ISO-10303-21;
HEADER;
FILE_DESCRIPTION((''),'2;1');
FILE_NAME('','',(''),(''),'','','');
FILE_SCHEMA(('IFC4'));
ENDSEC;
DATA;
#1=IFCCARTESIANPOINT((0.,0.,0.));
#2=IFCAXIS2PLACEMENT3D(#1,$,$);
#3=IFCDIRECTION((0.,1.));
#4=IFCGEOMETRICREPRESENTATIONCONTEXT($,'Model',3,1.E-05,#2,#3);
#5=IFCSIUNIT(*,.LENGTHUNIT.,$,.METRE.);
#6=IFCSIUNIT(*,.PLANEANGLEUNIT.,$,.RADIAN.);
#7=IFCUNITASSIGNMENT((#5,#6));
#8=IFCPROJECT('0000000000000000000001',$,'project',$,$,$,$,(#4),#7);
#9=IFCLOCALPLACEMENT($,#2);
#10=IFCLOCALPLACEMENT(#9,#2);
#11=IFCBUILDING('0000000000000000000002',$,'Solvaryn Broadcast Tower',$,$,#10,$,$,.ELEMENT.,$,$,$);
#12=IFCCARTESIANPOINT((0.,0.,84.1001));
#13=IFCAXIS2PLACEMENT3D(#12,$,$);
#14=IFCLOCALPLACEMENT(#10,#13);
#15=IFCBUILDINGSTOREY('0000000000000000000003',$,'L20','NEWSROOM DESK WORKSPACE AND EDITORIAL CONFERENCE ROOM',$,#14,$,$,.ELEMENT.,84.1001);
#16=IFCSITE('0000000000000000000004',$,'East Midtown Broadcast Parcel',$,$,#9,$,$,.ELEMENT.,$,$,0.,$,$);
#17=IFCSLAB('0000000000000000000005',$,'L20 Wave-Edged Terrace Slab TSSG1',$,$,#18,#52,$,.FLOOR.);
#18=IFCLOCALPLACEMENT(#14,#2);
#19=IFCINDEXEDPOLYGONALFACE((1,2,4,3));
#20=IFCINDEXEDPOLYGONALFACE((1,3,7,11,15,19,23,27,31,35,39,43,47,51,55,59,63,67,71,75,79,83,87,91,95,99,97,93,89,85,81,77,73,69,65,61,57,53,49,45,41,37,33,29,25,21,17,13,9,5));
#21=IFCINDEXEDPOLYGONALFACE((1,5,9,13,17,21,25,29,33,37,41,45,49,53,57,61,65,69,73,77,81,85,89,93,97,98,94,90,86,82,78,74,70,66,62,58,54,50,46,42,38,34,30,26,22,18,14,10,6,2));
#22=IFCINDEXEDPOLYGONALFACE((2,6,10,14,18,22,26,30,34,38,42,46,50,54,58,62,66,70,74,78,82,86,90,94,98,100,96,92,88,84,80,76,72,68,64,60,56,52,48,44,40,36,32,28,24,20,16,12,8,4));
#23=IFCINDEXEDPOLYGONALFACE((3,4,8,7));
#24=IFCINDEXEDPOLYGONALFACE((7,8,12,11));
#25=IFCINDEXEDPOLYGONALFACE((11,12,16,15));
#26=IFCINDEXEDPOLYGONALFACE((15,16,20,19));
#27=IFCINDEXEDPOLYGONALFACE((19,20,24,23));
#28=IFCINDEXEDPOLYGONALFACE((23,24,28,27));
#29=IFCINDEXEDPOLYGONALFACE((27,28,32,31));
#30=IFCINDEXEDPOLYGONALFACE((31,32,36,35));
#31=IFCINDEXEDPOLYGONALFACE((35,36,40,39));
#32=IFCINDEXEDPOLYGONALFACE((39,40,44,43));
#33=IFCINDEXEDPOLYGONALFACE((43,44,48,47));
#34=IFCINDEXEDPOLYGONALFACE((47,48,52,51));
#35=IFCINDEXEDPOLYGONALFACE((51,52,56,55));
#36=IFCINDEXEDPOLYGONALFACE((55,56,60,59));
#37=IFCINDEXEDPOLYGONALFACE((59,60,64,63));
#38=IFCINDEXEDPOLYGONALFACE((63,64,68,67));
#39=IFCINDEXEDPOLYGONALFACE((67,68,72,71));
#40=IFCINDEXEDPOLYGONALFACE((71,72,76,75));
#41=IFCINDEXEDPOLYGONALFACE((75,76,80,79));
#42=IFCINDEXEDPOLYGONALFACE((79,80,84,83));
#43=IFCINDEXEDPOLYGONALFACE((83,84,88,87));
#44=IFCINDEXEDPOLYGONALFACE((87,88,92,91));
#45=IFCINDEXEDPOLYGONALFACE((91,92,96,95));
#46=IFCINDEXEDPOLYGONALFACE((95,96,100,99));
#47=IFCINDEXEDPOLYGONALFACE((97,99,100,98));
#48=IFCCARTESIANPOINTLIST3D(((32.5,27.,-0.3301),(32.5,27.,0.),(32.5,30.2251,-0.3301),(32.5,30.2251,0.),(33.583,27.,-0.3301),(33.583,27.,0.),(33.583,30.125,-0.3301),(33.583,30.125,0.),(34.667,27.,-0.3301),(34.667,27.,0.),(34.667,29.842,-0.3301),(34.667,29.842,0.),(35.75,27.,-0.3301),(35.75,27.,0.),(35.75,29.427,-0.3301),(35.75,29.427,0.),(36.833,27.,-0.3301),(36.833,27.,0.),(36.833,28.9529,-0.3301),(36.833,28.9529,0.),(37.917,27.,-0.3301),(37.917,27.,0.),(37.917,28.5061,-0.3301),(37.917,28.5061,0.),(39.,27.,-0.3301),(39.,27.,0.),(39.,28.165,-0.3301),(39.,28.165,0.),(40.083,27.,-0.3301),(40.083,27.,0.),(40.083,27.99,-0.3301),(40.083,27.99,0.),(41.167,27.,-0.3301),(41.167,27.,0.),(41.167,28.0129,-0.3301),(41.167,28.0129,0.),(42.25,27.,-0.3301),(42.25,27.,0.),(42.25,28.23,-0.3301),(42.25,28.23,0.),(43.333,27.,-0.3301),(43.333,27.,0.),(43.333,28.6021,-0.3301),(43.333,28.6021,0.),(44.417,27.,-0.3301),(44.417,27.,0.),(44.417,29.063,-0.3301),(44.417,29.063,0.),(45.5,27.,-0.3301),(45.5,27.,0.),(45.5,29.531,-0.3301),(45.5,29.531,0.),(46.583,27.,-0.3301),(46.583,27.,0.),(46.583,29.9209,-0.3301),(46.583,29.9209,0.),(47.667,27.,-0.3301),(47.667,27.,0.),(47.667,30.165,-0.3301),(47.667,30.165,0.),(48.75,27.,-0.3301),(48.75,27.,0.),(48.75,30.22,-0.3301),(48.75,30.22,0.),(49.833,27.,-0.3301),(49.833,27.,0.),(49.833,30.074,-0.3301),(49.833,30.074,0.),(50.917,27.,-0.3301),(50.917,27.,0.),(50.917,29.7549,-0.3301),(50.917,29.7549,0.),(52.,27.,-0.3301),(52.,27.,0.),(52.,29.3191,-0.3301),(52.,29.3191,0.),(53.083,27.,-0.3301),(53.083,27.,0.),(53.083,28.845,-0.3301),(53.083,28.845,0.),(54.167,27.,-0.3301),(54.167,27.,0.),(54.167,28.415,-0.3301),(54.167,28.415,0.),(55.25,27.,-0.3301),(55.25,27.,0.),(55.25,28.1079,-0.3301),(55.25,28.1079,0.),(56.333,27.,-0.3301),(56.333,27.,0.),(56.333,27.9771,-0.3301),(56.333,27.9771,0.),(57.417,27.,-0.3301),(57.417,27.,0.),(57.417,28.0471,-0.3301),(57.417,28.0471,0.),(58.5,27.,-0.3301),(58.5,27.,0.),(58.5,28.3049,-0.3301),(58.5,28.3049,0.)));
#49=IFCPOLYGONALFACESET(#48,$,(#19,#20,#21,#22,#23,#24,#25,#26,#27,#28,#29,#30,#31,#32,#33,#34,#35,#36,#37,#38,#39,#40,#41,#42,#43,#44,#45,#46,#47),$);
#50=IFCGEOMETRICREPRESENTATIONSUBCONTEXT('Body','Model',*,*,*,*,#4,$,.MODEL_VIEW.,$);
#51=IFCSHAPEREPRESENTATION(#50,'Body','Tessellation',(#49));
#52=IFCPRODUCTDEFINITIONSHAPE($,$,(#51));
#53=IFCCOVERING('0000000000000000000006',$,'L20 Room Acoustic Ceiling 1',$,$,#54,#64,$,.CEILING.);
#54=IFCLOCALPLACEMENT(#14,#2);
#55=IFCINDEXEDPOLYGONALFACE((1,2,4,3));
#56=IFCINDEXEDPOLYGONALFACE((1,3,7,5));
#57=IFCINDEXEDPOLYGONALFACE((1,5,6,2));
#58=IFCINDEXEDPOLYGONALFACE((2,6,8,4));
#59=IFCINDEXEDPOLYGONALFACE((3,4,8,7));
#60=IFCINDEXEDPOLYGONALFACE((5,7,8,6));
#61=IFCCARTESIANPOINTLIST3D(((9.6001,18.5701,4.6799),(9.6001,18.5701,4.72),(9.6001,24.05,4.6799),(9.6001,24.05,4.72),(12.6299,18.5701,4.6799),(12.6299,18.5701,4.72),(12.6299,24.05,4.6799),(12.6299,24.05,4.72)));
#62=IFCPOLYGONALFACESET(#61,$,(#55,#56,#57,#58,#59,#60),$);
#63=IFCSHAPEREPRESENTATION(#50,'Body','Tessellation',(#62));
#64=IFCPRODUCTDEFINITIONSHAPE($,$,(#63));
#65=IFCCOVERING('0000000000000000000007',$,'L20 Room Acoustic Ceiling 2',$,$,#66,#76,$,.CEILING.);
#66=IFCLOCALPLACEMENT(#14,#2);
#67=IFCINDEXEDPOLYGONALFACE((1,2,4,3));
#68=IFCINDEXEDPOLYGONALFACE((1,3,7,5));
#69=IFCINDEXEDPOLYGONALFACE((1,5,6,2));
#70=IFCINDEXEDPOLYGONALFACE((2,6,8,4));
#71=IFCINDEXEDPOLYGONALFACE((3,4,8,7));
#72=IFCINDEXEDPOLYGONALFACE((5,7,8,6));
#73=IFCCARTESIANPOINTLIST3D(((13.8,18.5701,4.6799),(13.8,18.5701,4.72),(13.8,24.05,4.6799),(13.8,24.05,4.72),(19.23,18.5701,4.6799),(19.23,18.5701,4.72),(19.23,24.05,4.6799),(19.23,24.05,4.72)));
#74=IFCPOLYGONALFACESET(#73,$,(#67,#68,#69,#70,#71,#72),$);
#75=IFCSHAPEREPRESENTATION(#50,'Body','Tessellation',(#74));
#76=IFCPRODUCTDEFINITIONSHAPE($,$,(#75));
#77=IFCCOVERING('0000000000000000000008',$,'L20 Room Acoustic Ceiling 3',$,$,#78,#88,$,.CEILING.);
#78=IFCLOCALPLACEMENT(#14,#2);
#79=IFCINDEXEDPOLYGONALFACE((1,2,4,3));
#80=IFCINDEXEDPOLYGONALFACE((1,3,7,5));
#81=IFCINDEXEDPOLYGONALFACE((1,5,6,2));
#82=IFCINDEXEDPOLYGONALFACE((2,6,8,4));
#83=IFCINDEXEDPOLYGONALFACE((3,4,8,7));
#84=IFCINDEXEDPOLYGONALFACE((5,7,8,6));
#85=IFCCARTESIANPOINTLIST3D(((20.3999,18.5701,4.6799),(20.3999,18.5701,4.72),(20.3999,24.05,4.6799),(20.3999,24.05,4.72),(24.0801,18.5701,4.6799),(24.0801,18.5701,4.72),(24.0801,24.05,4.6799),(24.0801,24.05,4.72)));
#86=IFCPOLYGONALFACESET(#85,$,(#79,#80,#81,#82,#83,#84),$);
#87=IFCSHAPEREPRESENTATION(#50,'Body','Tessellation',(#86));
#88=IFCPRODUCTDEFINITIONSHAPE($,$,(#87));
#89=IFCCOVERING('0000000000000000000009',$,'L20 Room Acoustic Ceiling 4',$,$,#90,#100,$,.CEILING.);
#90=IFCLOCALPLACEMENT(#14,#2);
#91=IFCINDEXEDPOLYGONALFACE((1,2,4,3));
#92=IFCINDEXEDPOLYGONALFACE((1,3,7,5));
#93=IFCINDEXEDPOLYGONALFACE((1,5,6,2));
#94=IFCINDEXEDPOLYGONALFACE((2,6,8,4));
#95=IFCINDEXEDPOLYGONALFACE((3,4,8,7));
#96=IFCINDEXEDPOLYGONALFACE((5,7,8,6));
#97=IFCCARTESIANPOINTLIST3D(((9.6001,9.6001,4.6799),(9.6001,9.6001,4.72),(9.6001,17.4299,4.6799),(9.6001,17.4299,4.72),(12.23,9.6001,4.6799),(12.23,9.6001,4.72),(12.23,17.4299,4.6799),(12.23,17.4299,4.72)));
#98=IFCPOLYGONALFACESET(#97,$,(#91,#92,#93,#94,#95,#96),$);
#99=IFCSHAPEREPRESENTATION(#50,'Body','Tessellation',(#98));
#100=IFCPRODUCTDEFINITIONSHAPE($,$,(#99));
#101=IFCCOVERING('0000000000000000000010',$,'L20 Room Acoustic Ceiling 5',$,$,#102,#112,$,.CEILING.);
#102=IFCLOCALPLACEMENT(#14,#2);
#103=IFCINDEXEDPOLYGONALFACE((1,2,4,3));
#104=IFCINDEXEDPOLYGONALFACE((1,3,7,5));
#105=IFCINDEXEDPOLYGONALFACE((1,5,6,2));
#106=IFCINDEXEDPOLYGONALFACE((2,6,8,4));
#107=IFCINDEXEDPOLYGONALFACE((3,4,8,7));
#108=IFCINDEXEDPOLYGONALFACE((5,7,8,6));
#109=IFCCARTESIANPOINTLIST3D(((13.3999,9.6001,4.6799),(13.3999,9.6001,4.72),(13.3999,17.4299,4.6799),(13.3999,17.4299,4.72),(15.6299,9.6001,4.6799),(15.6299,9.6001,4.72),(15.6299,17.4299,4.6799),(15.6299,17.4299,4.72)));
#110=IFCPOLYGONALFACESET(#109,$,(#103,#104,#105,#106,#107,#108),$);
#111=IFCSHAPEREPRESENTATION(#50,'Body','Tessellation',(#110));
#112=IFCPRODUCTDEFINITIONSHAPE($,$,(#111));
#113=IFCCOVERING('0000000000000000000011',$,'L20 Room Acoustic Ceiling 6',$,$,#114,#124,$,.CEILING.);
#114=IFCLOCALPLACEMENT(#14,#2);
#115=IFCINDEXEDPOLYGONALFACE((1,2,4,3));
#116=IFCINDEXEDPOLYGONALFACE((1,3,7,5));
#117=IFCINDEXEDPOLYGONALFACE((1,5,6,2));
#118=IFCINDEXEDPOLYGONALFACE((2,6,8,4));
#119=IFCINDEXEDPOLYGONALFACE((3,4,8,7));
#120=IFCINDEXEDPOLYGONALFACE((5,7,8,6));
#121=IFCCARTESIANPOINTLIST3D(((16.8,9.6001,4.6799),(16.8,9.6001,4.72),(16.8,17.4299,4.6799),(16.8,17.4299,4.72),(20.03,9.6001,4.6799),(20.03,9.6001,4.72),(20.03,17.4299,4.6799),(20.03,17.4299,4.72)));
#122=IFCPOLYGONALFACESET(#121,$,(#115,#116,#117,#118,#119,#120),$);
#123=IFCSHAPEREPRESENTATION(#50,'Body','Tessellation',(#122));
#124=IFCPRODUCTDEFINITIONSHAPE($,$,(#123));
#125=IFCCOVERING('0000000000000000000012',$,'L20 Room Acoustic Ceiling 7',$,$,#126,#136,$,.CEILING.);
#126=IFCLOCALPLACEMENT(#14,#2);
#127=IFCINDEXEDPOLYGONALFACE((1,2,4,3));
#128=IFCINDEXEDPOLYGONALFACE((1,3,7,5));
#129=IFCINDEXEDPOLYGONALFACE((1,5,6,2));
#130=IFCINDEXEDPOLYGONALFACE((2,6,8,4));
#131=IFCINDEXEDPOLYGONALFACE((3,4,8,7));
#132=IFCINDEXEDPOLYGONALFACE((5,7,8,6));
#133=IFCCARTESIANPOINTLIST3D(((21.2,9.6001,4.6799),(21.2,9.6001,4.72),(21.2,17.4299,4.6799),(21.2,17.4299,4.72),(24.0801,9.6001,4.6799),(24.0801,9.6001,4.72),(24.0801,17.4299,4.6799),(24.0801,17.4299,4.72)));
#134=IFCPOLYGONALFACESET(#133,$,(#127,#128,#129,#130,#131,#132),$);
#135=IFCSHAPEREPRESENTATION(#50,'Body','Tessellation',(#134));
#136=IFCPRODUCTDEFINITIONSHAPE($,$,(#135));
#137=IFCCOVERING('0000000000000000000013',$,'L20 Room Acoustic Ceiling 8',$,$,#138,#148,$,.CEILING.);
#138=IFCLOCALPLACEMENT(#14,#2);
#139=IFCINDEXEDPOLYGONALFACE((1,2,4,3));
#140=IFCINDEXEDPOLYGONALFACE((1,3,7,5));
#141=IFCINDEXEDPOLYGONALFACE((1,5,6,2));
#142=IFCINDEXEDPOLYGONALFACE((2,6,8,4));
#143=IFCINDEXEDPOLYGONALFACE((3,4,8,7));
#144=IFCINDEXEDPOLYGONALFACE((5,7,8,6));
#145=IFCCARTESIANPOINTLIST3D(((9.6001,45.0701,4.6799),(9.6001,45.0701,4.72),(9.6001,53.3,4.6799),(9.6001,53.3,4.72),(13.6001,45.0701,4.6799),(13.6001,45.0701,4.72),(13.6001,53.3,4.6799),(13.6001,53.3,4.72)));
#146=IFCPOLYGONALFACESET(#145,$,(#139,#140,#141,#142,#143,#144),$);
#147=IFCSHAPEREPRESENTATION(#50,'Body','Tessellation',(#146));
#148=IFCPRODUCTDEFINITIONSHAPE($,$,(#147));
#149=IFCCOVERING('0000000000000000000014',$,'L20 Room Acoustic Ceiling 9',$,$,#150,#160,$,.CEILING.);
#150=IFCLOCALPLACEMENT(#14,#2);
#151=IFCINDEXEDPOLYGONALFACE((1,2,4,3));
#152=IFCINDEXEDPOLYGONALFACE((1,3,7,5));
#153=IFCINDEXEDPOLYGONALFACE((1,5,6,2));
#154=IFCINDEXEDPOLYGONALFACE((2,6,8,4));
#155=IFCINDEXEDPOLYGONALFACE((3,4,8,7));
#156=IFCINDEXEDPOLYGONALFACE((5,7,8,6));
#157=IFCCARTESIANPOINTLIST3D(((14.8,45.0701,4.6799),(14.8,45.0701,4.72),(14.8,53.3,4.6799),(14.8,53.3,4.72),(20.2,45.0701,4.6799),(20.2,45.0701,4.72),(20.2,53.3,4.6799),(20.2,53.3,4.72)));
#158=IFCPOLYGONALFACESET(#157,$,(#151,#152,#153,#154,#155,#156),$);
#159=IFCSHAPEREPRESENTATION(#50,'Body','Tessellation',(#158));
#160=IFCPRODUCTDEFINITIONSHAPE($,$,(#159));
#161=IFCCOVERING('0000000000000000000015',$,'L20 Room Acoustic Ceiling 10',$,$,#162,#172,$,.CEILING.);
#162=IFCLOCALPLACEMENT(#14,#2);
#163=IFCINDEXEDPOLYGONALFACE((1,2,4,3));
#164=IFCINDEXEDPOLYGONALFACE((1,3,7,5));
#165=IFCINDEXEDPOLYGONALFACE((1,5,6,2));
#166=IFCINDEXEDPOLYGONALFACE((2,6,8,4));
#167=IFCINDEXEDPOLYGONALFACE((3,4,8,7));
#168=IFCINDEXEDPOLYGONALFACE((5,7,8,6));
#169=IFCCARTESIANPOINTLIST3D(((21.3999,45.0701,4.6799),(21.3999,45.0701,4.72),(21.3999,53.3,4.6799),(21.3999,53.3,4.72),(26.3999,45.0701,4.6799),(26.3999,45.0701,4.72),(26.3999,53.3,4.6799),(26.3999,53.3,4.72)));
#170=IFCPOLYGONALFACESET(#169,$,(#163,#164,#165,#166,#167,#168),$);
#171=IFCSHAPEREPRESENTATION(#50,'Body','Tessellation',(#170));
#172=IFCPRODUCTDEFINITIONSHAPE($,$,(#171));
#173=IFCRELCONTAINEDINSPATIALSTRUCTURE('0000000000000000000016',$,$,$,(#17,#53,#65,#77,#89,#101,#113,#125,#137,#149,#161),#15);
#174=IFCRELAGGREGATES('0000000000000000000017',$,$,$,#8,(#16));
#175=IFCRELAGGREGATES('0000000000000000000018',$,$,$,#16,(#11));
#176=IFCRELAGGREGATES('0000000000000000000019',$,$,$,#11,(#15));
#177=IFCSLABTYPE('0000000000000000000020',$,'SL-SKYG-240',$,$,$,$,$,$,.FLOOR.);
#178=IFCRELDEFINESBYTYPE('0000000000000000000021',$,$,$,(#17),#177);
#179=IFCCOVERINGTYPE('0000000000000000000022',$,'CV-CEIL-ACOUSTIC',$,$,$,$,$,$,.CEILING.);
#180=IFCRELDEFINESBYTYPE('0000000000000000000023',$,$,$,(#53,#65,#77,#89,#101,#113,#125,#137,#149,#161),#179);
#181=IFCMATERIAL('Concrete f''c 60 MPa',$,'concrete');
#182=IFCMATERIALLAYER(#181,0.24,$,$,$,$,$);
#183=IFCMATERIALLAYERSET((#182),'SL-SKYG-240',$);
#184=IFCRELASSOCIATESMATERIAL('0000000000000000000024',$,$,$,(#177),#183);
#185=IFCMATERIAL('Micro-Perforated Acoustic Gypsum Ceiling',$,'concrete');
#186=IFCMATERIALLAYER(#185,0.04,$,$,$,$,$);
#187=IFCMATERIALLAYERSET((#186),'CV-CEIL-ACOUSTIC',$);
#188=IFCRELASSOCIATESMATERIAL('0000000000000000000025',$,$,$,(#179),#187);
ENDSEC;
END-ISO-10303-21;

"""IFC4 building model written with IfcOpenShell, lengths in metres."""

from ifc_helpers import new_model, si_unit, direction, frame, origin, place, context, subcontext, project, spatial, polyline, outline, extrude, material, layer, layer_set, type_object, element, save


model = new_model("IFC4")

# Units and contexts
model_context = context("Model", 3, precision=1e-05, world=origin(), true_north=direction((0.0, 1.0)))
body_context = subcontext(model_context, "Body", "Model", "MODEL_VIEW")
ifc_project = project(units=[si_unit("LENGTHUNIT", "METRE"), si_unit("PLANEANGLEUNIT", "RADIAN")], contexts=[model_context])

# Site, building, storey
site_placement = place(None, origin())
site = spatial("IfcSite", under=ifc_project, at=site_placement, Name="East Midtown Broadcast Parcel", CompositionType="ELEMENT", RefElevation=0.0)
building_placement = place(site_placement, origin())
building = spatial("IfcBuilding", under=site, at=building_placement, Name="Solvaryn Broadcast Tower", CompositionType="ELEMENT")
storey_placement = place(building_placement, frame((0.0, 0.0, 84.1001)))
storey = spatial("IfcBuildingStorey", under=building, at=storey_placement, Name="L20", Description="NEWSROOM DESK WORKSPACE AND EDITORIAL CONFERENCE ROOM", CompositionType="ELEMENT", Elevation=84.1001)

# Slab
ifc_material_1 = material(Name="Concrete f'c 60 MPa", Category="concrete")
ifc_layer_1 = layer(ifc_material_1, 0.24)
ifc_layer_set_1 = layer_set([ifc_layer_1], Name="SL-SKYG-240")
slab_type_1 = type_object("IfcSlabType", Name="SL-SKYG-240", PredefinedType="FLOOR", material=ifc_layer_set_1)
slab_1_placement = place(storey_placement, frame((0.0, 0.0, -0.3301)))
element("IfcSlab", 1, at=slab_1_placement, inside=storey, type_object=slab_type_1, Name="L20 Wave-Edged Terrace Slab TSSG1", PredefinedType="FLOOR", context=body_context, shape_type="SweptSolid", body=[
    extrude(outline(polyline([(32.5, 27.0), (33.583, 27.0), (34.667, 27.0), (35.75, 27.0), (36.833, 27.0), (37.917, 27.0), (39.0, 27.0), (40.083, 27.0), (41.167, 27.0), (42.25, 27.0), (43.333, 27.0), (44.417, 27.0), (45.5, 27.0), (46.583, 27.0), (47.667, 27.0), (48.75, 27.0), (49.833, 27.0), (50.917, 27.0), (52.0, 27.0), (53.083, 27.0), (54.167, 27.0), (55.25, 27.0), (56.333, 27.0), (57.417, 27.0), (58.5, 27.0), (58.5, 28.3049), (57.417, 28.0471), (56.333, 27.9771), (55.25, 28.1079), (54.167, 28.415), (53.083, 28.845), (52.0, 29.3191), (50.917, 29.7549), (49.833, 30.074), (48.75, 30.22), (47.667, 30.165), (46.583, 29.9209), (45.5, 29.531), (44.417, 29.063), (43.333, 28.6021), (42.25, 28.23), (41.167, 28.0129), (40.083, 27.99), (39.0, 28.165), (37.917, 28.5061), (36.833, 28.9529), (35.75, 29.427), (34.667, 29.842), (33.583, 30.125), (32.5, 30.2251), (32.5, 27.0)])), origin(), (0.0, 0.0, 1.0), 0.3301),
])

# Coverings
ifc_material_2 = material(Name="Micro-Perforated Acoustic Gypsum Ceiling", Category="concrete")
ifc_layer_2 = layer(ifc_material_2, 0.04)
ifc_layer_set_2 = layer_set([ifc_layer_2], Name="CV-CEIL-ACOUSTIC")
covering_type_1 = type_object("IfcCoveringType", Name="CV-CEIL-ACOUSTIC", PredefinedType="CEILING", material=ifc_layer_set_2)
covering_1_placement = place(storey_placement, frame((0.0, 0.0, 4.6799)))
element("IfcCovering", 2, at=covering_1_placement, inside=storey, type_object=covering_type_1, Name="L20 Room Acoustic Ceiling 1", PredefinedType="CEILING", context=body_context, shape_type="SweptSolid", body=[
    extrude(outline(polyline([(9.6001, 18.5701), (12.6299, 18.5701), (12.6299, 24.05), (9.6001, 24.05), (9.6001, 18.5701)])), origin(), (0.0, 0.0, 1.0), 0.04),
])
covering_2_placement = place(storey_placement, frame((0.0, 0.0, 4.6799)))
element("IfcCovering", 3, at=covering_2_placement, inside=storey, type_object=covering_type_1, Name="L20 Room Acoustic Ceiling 2", PredefinedType="CEILING", context=body_context, shape_type="SweptSolid", body=[
    extrude(outline(polyline([(13.8, 18.5701), (19.23, 18.5701), (19.23, 24.05), (13.8, 24.05), (13.8, 18.5701)])), origin(), (0.0, 0.0, 1.0), 0.04),
])
covering_3_placement = place(storey_placement, frame((0.0, 0.0, 4.6799)))
element("IfcCovering", 4, at=covering_3_placement, inside=storey, type_object=covering_type_1, Name="L20 Room Acoustic Ceiling 3", PredefinedType="CEILING", context=body_context, shape_type="SweptSolid", body=[
    extrude(outline(polyline([(20.3999, 18.5701), (24.0801, 18.5701), (24.0801, 24.05), (20.3999, 24.05), (20.3999, 18.5701)])), origin(), (0.0, 0.0, 1.0), 0.04),
])
covering_4_placement = place(storey_placement, frame((0.0, 0.0, 4.6799)))
element("IfcCovering", 5, at=covering_4_placement, inside=storey, type_object=covering_type_1, Name="L20 Room Acoustic Ceiling 4", PredefinedType="CEILING", context=body_context, shape_type="SweptSolid", body=[
    extrude(outline(polyline([(9.6001, 9.6001), (12.23, 9.6001), (12.23, 17.4299), (9.6001, 17.4299), (9.6001, 9.6001)])), origin(), (0.0, 0.0, 1.0), 0.04),
])
covering_5_placement = place(storey_placement, frame((0.0, 0.0, 4.6799)))
element("IfcCovering", 6, at=covering_5_placement, inside=storey, type_object=covering_type_1, Name="L20 Room Acoustic Ceiling 5", PredefinedType="CEILING", context=body_context, shape_type="SweptSolid", body=[
    extrude(outline(polyline([(13.3999, 9.6001), (15.6299, 9.6001), (15.6299, 17.4299), (13.3999, 17.4299), (13.3999, 9.6001)])), origin(), (0.0, 0.0, 1.0), 0.04),
])
covering_6_placement = place(storey_placement, frame((0.0, 0.0, 4.6799)))
element("IfcCovering", 7, at=covering_6_placement, inside=storey, type_object=covering_type_1, Name="L20 Room Acoustic Ceiling 6", PredefinedType="CEILING", context=body_context, shape_type="SweptSolid", body=[
    extrude(outline(polyline([(16.8, 9.6001), (20.03, 9.6001), (20.03, 17.4299), (16.8, 17.4299), (16.8, 9.6001)])), origin(), (0.0, 0.0, 1.0), 0.04),
])
covering_7_placement = place(storey_placement, frame((0.0, 0.0, 4.6799)))
element("IfcCovering", 8, at=covering_7_placement, inside=storey, type_object=covering_type_1, Name="L20 Room Acoustic Ceiling 7", PredefinedType="CEILING", context=body_context, shape_type="SweptSolid", body=[
    extrude(outline(polyline([(21.2, 9.6001), (24.0801, 9.6001), (24.0801, 17.4299), (21.2, 17.4299), (21.2, 9.6001)])), origin(), (0.0, 0.0, 1.0), 0.04),
])
covering_8_placement = place(storey_placement, frame((0.0, 0.0, 4.6799)))
element("IfcCovering", 9, at=covering_8_placement, inside=storey, type_object=covering_type_1, Name="L20 Room Acoustic Ceiling 8", PredefinedType="CEILING", context=body_context, shape_type="SweptSolid", body=[
    extrude(outline(polyline([(9.6001, 45.0701), (13.6001, 45.0701), (13.6001, 53.3), (9.6001, 53.3), (9.6001, 45.0701)])), origin(), (0.0, 0.0, 1.0), 0.04),
])
covering_9_placement = place(storey_placement, frame((0.0, 0.0, 4.6799)))
element("IfcCovering", 10, at=covering_9_placement, inside=storey, type_object=covering_type_1, Name="L20 Room Acoustic Ceiling 9", PredefinedType="CEILING", context=body_context, shape_type="SweptSolid", body=[
    extrude(outline(polyline([(14.8, 45.0701), (20.2, 45.0701), (20.2, 53.3), (14.8, 53.3), (14.8, 45.0701)])), origin(), (0.0, 0.0, 1.0), 0.04),
])
covering_10_placement = place(storey_placement, frame((0.0, 0.0, 4.6799)))
element("IfcCovering", 11, at=covering_10_placement, inside=storey, type_object=covering_type_1, Name="L20 Room Acoustic Ceiling 10", PredefinedType="CEILING", context=body_context, shape_type="SweptSolid", body=[
    extrude(outline(polyline([(21.3999, 45.0701), (26.3999, 45.0701), (26.3999, 53.3), (21.3999, 53.3), (21.3999, 45.0701)])), origin(), (0.0, 0.0, 1.0), 0.04),
])

save(model, "model.ifc")
